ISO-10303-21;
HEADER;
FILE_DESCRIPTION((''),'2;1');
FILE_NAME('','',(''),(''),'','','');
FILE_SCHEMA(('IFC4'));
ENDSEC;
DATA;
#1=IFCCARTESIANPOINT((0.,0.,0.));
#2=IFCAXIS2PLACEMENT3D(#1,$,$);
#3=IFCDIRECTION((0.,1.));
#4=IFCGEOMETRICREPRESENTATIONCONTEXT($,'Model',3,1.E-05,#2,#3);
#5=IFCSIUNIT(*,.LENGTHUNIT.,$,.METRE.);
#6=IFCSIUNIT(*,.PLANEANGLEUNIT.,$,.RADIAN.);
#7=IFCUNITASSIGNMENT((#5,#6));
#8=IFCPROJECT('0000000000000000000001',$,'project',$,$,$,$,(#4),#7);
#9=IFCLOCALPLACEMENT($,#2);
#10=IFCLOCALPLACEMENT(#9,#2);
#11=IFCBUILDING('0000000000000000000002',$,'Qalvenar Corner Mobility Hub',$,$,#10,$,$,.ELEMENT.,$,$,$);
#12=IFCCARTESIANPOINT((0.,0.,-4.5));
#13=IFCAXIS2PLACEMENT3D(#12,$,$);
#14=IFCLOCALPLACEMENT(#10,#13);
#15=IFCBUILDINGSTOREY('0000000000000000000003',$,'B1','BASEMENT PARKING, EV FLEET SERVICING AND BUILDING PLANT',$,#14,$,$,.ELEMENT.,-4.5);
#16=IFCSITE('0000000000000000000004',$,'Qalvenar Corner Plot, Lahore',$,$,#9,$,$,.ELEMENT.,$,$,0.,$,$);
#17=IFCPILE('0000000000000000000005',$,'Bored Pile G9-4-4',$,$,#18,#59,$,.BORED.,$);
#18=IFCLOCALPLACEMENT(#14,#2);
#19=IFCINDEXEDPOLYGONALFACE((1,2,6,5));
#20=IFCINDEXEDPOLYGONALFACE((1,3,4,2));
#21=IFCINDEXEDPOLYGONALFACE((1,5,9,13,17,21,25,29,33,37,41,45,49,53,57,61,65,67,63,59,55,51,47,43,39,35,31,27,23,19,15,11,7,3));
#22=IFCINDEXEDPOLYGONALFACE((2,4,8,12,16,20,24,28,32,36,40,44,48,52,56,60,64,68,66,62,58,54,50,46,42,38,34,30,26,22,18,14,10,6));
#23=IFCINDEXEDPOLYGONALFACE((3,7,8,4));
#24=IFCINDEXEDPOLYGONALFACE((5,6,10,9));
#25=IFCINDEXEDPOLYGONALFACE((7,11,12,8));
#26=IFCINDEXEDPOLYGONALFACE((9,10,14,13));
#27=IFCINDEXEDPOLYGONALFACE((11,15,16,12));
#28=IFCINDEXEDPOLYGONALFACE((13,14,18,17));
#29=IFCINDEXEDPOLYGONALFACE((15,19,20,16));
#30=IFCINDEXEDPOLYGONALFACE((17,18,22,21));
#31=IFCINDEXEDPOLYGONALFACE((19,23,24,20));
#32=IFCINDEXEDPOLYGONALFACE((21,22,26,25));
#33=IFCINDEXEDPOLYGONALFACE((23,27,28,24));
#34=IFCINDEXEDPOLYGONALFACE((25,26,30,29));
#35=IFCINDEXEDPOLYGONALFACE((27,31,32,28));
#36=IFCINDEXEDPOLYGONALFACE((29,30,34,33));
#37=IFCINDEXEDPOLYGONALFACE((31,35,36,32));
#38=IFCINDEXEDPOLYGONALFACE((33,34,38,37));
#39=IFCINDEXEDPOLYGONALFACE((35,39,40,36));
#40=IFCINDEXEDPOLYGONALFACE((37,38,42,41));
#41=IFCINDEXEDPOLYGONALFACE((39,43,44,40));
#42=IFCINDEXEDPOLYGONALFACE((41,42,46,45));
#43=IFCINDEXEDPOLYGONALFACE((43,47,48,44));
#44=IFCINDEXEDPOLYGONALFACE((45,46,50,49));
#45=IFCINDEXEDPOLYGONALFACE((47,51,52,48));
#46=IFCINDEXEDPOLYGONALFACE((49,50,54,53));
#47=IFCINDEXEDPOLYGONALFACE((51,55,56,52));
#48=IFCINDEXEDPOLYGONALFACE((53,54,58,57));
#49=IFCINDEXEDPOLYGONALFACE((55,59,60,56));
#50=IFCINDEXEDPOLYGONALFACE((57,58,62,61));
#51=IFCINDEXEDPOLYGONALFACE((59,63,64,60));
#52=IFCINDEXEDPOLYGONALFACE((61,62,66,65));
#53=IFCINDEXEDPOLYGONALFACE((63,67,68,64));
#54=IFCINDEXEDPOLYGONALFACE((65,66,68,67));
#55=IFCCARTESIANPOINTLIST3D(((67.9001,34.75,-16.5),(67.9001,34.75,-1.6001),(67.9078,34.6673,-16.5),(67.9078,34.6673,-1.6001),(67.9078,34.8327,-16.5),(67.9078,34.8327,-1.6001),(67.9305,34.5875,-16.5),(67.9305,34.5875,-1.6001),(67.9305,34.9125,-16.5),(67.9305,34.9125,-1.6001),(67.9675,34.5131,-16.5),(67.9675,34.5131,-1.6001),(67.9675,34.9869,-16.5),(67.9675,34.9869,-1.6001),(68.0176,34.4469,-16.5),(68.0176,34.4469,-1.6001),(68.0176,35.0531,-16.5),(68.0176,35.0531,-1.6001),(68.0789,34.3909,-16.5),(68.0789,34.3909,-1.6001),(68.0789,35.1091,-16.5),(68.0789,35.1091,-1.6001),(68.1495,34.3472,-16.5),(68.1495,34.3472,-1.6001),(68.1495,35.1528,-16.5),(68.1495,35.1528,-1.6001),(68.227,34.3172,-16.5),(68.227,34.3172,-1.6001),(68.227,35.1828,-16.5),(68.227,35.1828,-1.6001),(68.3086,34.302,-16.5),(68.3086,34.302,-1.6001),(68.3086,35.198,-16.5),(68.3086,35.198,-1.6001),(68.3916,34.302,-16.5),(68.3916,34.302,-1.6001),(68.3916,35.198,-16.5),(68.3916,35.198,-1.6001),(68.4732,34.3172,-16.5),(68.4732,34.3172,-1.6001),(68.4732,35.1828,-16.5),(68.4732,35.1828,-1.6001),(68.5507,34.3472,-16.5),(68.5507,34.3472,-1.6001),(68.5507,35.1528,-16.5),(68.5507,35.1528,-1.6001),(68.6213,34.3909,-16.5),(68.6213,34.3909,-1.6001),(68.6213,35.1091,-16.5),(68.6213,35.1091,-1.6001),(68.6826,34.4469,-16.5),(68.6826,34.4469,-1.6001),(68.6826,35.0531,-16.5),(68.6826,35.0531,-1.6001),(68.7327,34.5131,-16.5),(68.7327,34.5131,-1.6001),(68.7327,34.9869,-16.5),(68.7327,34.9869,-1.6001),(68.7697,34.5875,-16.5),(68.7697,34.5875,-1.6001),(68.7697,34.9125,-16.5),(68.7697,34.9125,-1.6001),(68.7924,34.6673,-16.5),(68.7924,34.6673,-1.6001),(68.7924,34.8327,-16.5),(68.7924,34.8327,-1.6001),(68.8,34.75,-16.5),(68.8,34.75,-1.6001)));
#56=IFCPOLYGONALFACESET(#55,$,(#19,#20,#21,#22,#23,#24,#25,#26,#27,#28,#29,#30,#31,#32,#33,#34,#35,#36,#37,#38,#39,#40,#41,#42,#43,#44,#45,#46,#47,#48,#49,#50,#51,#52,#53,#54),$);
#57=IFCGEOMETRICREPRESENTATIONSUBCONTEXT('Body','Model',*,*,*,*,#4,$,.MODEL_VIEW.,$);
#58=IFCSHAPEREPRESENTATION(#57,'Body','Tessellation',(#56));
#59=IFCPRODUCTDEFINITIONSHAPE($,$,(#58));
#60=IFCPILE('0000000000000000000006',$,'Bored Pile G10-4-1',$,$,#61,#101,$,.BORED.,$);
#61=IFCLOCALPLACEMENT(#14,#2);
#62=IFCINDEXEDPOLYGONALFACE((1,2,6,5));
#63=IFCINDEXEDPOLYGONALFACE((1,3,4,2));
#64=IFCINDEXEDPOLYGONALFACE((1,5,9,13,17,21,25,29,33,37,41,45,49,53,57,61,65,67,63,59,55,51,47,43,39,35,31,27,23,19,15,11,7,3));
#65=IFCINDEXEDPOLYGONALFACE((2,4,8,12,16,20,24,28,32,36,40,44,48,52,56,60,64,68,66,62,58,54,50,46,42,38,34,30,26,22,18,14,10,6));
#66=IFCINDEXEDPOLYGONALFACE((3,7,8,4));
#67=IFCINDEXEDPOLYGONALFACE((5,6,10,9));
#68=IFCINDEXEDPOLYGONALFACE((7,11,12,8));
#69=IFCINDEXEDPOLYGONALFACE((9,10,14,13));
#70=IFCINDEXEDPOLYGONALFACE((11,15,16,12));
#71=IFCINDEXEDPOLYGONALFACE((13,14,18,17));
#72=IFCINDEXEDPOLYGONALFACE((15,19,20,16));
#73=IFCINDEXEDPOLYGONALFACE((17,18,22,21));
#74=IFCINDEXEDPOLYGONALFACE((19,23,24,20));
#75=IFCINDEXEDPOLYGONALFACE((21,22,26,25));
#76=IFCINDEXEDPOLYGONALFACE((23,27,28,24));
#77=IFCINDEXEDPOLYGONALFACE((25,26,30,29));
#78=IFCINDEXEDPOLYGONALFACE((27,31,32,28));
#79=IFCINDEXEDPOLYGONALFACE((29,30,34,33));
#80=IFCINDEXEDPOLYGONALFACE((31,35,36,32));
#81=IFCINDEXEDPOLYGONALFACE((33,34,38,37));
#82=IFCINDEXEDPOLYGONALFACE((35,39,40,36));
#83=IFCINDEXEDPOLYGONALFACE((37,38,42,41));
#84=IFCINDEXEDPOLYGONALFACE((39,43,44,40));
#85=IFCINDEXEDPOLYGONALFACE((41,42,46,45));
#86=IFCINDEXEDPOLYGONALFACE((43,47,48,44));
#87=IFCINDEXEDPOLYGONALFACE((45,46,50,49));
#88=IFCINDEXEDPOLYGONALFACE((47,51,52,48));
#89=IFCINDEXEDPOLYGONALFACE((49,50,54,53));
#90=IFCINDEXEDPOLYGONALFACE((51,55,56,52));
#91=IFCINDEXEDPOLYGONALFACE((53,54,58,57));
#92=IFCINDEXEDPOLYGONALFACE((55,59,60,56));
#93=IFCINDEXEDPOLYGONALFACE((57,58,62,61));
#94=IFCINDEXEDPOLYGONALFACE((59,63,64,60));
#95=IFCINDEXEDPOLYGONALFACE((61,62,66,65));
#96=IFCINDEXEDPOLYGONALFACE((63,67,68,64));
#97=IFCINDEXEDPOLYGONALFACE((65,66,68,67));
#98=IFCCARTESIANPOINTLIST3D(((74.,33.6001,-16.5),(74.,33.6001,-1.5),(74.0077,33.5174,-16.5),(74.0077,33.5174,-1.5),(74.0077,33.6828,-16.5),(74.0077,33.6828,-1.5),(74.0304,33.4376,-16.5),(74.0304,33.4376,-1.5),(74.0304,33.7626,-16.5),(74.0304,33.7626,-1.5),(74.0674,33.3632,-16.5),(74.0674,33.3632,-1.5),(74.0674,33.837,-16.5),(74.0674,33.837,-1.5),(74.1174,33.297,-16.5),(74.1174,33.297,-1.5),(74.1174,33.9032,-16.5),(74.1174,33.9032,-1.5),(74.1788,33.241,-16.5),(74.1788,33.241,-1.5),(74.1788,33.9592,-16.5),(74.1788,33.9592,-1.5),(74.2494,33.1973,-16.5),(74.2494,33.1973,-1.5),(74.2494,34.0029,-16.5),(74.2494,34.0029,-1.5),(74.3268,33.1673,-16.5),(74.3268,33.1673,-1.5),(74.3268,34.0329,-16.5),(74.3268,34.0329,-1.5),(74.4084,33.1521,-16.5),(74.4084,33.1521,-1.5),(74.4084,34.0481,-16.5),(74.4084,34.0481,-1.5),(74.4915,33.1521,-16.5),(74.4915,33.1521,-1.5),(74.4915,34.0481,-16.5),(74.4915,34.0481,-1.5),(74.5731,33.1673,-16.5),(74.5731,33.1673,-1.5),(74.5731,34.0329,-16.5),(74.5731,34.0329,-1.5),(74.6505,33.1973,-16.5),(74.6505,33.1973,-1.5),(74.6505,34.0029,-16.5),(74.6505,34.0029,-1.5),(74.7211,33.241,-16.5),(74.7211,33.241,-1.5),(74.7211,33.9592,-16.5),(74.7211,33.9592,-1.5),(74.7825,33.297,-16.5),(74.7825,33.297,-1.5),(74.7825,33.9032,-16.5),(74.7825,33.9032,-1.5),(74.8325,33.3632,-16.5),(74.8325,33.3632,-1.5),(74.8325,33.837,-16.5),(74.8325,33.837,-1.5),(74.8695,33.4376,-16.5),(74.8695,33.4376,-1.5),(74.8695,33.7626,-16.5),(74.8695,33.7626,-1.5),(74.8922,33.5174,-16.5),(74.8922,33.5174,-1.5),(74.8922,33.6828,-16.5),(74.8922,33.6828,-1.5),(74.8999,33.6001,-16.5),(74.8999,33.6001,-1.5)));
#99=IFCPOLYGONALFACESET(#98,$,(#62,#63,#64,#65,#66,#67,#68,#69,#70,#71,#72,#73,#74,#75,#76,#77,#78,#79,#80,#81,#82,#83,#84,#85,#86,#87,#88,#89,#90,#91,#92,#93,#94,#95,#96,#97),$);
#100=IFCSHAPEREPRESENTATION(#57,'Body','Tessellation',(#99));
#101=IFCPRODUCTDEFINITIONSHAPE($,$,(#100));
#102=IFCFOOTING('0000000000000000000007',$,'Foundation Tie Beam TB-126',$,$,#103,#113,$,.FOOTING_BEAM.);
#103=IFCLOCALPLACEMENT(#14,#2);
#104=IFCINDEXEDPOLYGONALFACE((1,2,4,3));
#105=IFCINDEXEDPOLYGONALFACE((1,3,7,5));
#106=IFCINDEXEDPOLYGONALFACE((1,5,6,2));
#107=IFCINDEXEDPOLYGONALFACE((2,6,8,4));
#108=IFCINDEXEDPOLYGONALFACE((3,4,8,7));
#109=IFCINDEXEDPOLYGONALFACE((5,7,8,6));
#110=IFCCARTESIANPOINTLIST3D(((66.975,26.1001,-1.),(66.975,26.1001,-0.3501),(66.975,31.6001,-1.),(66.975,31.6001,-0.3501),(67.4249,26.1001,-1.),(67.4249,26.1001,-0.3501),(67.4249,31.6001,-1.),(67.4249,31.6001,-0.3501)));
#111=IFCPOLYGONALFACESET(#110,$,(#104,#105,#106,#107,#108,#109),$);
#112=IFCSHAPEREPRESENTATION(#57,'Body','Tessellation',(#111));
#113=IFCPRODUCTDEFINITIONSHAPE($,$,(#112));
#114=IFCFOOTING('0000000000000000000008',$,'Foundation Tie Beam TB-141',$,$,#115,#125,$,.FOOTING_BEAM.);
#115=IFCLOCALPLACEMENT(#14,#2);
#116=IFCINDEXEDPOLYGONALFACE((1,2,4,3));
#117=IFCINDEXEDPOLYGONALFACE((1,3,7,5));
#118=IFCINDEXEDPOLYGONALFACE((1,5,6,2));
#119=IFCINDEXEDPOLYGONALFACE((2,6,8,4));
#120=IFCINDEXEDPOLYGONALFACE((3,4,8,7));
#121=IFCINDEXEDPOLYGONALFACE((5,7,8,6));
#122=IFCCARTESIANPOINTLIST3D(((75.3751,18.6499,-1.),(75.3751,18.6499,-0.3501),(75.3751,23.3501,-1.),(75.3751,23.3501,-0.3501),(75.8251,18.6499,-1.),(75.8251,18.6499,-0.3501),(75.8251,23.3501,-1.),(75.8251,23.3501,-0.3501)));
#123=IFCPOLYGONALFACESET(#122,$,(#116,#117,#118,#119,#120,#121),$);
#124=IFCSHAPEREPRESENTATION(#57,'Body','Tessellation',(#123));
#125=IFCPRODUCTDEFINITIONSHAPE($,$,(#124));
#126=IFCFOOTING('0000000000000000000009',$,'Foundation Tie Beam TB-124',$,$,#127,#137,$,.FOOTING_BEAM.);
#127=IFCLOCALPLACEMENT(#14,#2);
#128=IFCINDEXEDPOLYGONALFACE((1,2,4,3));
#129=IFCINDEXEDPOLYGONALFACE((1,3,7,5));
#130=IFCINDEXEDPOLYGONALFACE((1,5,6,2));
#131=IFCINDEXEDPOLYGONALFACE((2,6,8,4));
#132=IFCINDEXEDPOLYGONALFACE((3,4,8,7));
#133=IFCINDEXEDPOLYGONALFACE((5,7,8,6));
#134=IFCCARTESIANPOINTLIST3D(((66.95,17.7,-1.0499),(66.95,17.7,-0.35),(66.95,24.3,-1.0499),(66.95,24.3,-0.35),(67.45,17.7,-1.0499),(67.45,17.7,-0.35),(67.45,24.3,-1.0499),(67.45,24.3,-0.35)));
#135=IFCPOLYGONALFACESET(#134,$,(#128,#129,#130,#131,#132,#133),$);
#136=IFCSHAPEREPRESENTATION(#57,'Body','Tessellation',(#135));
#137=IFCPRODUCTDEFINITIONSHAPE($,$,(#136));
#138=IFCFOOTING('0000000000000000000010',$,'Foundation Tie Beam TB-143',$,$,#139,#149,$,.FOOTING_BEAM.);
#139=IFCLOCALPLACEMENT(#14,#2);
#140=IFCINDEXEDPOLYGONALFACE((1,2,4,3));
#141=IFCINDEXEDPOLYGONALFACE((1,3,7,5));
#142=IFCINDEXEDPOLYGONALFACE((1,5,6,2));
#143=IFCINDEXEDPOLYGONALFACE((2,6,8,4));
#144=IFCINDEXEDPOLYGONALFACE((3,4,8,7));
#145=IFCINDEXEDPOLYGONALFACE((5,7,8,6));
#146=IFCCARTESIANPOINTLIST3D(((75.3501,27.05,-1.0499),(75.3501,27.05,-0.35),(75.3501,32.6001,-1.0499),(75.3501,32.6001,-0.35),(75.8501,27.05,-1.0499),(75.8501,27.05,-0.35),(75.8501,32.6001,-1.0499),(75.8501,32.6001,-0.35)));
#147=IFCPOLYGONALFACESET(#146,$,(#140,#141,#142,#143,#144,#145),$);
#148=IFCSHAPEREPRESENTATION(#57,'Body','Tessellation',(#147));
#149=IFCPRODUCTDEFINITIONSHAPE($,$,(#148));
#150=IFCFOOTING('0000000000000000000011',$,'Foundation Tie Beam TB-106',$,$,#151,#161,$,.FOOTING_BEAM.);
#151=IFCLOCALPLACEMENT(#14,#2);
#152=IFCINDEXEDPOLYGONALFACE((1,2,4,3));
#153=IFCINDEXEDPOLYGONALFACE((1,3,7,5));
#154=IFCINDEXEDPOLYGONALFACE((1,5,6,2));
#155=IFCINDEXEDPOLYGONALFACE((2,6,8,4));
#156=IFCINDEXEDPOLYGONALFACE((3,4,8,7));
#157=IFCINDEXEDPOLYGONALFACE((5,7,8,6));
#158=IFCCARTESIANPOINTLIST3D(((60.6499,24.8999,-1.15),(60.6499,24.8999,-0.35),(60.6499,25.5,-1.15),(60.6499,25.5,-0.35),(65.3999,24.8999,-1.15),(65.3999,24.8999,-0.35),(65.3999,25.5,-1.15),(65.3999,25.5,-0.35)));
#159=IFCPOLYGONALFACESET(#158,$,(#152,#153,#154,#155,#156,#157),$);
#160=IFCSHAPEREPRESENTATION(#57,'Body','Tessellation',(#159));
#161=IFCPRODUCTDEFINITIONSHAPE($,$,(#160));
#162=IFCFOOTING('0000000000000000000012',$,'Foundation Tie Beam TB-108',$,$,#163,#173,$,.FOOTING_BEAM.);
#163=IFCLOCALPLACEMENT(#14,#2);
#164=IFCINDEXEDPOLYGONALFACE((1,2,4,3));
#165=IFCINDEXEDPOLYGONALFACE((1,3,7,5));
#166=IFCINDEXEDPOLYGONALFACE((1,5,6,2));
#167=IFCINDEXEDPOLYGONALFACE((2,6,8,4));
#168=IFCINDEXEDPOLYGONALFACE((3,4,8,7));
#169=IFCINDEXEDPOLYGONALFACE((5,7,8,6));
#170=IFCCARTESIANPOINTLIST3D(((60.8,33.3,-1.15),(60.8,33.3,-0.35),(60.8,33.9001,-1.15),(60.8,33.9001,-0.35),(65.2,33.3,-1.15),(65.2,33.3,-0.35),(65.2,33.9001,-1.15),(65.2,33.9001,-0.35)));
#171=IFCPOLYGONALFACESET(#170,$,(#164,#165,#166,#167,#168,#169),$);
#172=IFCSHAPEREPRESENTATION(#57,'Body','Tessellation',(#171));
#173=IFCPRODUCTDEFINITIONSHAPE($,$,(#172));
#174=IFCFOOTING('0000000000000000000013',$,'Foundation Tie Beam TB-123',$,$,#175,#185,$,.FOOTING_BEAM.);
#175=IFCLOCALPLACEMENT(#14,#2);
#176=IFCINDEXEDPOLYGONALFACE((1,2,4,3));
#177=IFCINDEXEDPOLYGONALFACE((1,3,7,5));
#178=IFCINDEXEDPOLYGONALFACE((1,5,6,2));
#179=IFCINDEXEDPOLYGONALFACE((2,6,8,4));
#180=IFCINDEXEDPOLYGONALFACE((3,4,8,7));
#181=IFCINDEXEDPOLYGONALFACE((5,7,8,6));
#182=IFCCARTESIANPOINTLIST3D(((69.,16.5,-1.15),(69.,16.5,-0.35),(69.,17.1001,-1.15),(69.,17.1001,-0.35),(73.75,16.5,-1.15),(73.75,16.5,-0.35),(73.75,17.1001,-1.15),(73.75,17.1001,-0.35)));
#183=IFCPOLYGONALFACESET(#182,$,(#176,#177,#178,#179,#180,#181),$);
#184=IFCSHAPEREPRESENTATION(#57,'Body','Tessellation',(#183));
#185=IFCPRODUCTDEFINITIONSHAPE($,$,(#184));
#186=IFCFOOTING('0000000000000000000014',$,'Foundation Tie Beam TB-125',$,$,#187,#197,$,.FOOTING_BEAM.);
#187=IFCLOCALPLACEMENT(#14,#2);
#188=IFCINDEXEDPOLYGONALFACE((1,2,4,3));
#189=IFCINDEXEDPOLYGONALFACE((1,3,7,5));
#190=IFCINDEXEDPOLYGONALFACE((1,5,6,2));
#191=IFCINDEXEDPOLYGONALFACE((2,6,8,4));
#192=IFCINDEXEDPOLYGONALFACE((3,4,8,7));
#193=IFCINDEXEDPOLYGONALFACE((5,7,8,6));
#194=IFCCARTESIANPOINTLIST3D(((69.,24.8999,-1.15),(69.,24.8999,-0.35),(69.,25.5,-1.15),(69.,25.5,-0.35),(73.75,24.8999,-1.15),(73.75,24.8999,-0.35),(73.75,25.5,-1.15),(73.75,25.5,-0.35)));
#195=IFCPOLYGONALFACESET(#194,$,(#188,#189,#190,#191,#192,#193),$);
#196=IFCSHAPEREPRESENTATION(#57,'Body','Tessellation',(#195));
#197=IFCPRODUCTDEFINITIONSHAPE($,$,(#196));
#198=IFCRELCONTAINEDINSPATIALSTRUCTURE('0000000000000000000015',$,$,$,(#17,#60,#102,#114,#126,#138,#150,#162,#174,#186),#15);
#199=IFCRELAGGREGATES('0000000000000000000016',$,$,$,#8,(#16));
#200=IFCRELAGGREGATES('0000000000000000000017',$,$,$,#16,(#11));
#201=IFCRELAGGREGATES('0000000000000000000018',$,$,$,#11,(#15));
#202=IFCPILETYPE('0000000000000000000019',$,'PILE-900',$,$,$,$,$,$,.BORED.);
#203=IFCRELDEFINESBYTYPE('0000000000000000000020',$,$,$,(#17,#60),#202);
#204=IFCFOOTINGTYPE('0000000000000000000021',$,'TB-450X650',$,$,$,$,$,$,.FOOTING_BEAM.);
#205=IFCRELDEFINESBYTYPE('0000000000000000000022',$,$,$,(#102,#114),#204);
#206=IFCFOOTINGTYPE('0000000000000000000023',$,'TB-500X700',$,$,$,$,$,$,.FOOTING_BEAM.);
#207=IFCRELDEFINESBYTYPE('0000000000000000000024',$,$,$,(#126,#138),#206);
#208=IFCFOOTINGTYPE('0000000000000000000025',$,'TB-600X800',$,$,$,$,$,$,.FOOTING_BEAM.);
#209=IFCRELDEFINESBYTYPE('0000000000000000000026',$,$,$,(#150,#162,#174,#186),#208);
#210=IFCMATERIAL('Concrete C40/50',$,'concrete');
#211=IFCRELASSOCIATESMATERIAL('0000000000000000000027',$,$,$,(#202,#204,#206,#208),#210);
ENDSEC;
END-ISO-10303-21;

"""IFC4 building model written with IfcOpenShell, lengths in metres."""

from ifc_helpers import new_model, si_unit, direction, frame, origin, origin_2d, place, context, subcontext, project, spatial, rectangle, circle, extrude, material, material_profile, profile_set, type_object, element, save


model = new_model("IFC4")

# Units and contexts
model_context = context("Model", 3, precision=1e-05, world=origin(), true_north=direction((0.0, 1.0)))
body_context = subcontext(model_context, "Body", "Model", "MODEL_VIEW")
ifc_project = project(units=[si_unit("LENGTHUNIT", "METRE"), si_unit("PLANEANGLEUNIT", "RADIAN")], contexts=[model_context])

# Site, building, storey
site_placement = place(None, origin())
site = spatial("IfcSite", under=ifc_project, at=site_placement, Name="Qalvenar Corner Plot, Lahore", CompositionType="ELEMENT", RefElevation=0.0)
building_placement = place(site_placement, origin())
building = spatial("IfcBuilding", under=site, at=building_placement, Name="Qalvenar Corner Mobility Hub", CompositionType="ELEMENT")
storey_placement = place(building_placement, frame((0.0, 0.0, -4.5)))
storey = spatial("IfcBuildingStorey", under=building, at=storey_placement, Name="B1", Description="BASEMENT PARKING, EV FLEET SERVICING AND BUILDING PLANT", CompositionType="ELEMENT", Elevation=-4.5)

# Shared definitions
ifc_material_1 = material(Name="Concrete C40/50", Category="concrete")

# Piles
ifc_material_profile_1 = material_profile(ifc_material_1, circle(Radius=0.45, at=origin_2d()), Name="DIA900")
ifc_profile_set_1 = profile_set([ifc_material_profile_1], Name="Concrete C40/50")
pile_type_1 = type_object("IfcPileType", Name="PILE-900", PredefinedType="BORED", material=ifc_profile_set_1)
for number, where, z_axis, x_axis, name in (
    (1, (68.3501, 34.75, -1.6001), (0.0, 0.0, -1.0), (1.0, 0.0, 0.0), "Bored Pile G9-4-4"),
):
    element("IfcPile", number, at=place(storey_placement, frame(where, z_axis=z_axis, x_axis=x_axis)), inside=storey, type_object=pile_type_1, Name=name, PredefinedType="BORED", context=body_context, shape_type="SweptSolid", body=[
        extrude(circle(Radius=0.45, at=origin_2d()), origin(), (0.0, 0.0, 1.0), 14.8999),
    ])
pile_1_placement = place(storey_placement, frame((74.45, 33.6001, -1.5), z_axis=(0.0, 0.0, -1.0), x_axis=(1.0, 0.0, 0.0)))
element("IfcPile", 2, at=pile_1_placement, inside=storey, type_object=pile_type_1, Name="Bored Pile G10-4-1", PredefinedType="BORED", context=body_context, shape_type="SweptSolid", body=[
    extrude(circle(Radius=0.45, at=origin_2d()), origin(), (0.0, 0.0, 1.0), 15.0),
])

# Footings
ifc_material_profile_2 = material_profile(ifc_material_1, rectangle(XDim=0.45, YDim=0.6499, at=origin_2d()), Name="RC450x650")
ifc_profile_set_2 = profile_set([ifc_material_profile_2], Name="Concrete C40/50")
footing_type_1 = type_object("IfcFootingType", Name="TB-450X650", PredefinedType="FOOTING_BEAM", material=ifc_profile_set_2)
footing_1_placement = place(storey_placement, frame((67.2, 26.1001, -0.675), z_axis=(0.0, 1.0, 0.0), x_axis=(-1.0, 0.0, 0.0)))
element("IfcFooting", 3, at=footing_1_placement, inside=storey, type_object=footing_type_1, Name="Foundation Tie Beam TB-126", PredefinedType="FOOTING_BEAM", context=body_context, shape_type="SweptSolid", body=[
    extrude(rectangle(XDim=0.45, YDim=0.6499, at=origin_2d()), origin(), (0.0, 0.0, 1.0), 5.5),
])
footing_2_placement = place(storey_placement, frame((75.6001, 18.6499, -0.675), z_axis=(0.0, 1.0, 0.0), x_axis=(-1.0, 0.0, 0.0)))
element("IfcFooting", 4, at=footing_2_placement, inside=storey, type_object=footing_type_1, Name="Foundation Tie Beam TB-141", PredefinedType="FOOTING_BEAM", context=body_context, shape_type="SweptSolid", body=[
    extrude(rectangle(XDim=0.45, YDim=0.6499, at=origin_2d()), origin(), (0.0, 0.0, 1.0), 4.7002),
])
ifc_material_profile_3 = material_profile(ifc_material_1, rectangle(XDim=0.5, YDim=0.7, at=origin_2d()), Name="RC500x700")
ifc_profile_set_3 = profile_set([ifc_material_profile_3], Name="Concrete C40/50")
footing_type_2 = type_object("IfcFootingType", Name="TB-500X700", PredefinedType="FOOTING_BEAM", material=ifc_profile_set_3)
footing_3_placement = place(storey_placement, frame((67.2, 17.7, -0.7), z_axis=(0.0, 1.0, 0.0), x_axis=(-1.0, 0.0, 0.0)))
element("IfcFooting", 5, at=footing_3_placement, inside=storey, type_object=footing_type_2, Name="Foundation Tie Beam TB-124", PredefinedType="FOOTING_BEAM", context=body_context, shape_type="SweptSolid", body=[
    extrude(rectangle(XDim=0.5, YDim=0.7, at=origin_2d()), origin(), (0.0, 0.0, 1.0), 6.6001),
])
footing_4_placement = place(storey_placement, frame((75.6001, 27.05, -0.7), z_axis=(0.0, 1.0, 0.0), x_axis=(-1.0, 0.0, 0.0)))
element("IfcFooting", 6, at=footing_4_placement, inside=storey, type_object=footing_type_2, Name="Foundation Tie Beam TB-143", PredefinedType="FOOTING_BEAM", context=body_context, shape_type="SweptSolid", body=[
    extrude(rectangle(XDim=0.5, YDim=0.7, at=origin_2d()), origin(), (0.0, 0.0, 1.0), 5.55),
])
ifc_material_profile_4 = material_profile(ifc_material_1, rectangle(XDim=0.6001, YDim=0.8, at=origin_2d()), Name="RC600x800")
ifc_profile_set_4 = profile_set([ifc_material_profile_4], Name="Concrete C40/50")
footing_type_3 = type_object("IfcFootingType", Name="TB-600X800", PredefinedType="FOOTING_BEAM", material=ifc_profile_set_4)
footing_5_placement = place(storey_placement, frame((60.6499, 25.2, -0.75), z_axis=(1.0, 0.0, 0.0), x_axis=(0.0, 1.0, 0.0)))
element("IfcFooting", 7, at=footing_5_placement, inside=storey, type_object=footing_type_3, Name="Foundation Tie Beam TB-106", PredefinedType="FOOTING_BEAM", context=body_context, shape_type="SweptSolid", body=[
    extrude(rectangle(XDim=0.6001, YDim=0.8, at=origin_2d()), origin(), (0.0, 0.0, 1.0), 4.75),
])
footing_6_placement = place(storey_placement, frame((60.8, 33.6001, -0.75), z_axis=(1.0, 0.0, 0.0), x_axis=(0.0, 1.0, 0.0)))
element("IfcFooting", 8, at=footing_6_placement, inside=storey, type_object=footing_type_3, Name="Foundation Tie Beam TB-108", PredefinedType="FOOTING_BEAM", context=body_context, shape_type="SweptSolid", body=[
    extrude(rectangle(XDim=0.6001, YDim=0.8, at=origin_2d()), origin(), (0.0, 0.0, 1.0), 4.3999),
])
for number, where, z_axis, x_axis, name in (
    (9, (69.0, 16.8, -0.75), (1.0, 0.0, 0.0), (0.0, 1.0, 0.0), "Foundation Tie Beam TB-123"),
    (10, (69.0, 25.2, -0.75), (1.0, 0.0, 0.0), (0.0, 1.0, 0.0), "Foundation Tie Beam TB-125"),
):
    element("IfcFooting", number, at=place(storey_placement, frame(where, z_axis=z_axis, x_axis=x_axis)), inside=storey, type_object=footing_type_3, Name=name, PredefinedType="FOOTING_BEAM", context=body_context, shape_type="SweptSolid", body=[
        extrude(rectangle(XDim=0.6001, YDim=0.8, at=origin_2d()), origin(), (0.0, 0.0, 1.0), 4.75),
    ])

save(model, "model.ifc")
